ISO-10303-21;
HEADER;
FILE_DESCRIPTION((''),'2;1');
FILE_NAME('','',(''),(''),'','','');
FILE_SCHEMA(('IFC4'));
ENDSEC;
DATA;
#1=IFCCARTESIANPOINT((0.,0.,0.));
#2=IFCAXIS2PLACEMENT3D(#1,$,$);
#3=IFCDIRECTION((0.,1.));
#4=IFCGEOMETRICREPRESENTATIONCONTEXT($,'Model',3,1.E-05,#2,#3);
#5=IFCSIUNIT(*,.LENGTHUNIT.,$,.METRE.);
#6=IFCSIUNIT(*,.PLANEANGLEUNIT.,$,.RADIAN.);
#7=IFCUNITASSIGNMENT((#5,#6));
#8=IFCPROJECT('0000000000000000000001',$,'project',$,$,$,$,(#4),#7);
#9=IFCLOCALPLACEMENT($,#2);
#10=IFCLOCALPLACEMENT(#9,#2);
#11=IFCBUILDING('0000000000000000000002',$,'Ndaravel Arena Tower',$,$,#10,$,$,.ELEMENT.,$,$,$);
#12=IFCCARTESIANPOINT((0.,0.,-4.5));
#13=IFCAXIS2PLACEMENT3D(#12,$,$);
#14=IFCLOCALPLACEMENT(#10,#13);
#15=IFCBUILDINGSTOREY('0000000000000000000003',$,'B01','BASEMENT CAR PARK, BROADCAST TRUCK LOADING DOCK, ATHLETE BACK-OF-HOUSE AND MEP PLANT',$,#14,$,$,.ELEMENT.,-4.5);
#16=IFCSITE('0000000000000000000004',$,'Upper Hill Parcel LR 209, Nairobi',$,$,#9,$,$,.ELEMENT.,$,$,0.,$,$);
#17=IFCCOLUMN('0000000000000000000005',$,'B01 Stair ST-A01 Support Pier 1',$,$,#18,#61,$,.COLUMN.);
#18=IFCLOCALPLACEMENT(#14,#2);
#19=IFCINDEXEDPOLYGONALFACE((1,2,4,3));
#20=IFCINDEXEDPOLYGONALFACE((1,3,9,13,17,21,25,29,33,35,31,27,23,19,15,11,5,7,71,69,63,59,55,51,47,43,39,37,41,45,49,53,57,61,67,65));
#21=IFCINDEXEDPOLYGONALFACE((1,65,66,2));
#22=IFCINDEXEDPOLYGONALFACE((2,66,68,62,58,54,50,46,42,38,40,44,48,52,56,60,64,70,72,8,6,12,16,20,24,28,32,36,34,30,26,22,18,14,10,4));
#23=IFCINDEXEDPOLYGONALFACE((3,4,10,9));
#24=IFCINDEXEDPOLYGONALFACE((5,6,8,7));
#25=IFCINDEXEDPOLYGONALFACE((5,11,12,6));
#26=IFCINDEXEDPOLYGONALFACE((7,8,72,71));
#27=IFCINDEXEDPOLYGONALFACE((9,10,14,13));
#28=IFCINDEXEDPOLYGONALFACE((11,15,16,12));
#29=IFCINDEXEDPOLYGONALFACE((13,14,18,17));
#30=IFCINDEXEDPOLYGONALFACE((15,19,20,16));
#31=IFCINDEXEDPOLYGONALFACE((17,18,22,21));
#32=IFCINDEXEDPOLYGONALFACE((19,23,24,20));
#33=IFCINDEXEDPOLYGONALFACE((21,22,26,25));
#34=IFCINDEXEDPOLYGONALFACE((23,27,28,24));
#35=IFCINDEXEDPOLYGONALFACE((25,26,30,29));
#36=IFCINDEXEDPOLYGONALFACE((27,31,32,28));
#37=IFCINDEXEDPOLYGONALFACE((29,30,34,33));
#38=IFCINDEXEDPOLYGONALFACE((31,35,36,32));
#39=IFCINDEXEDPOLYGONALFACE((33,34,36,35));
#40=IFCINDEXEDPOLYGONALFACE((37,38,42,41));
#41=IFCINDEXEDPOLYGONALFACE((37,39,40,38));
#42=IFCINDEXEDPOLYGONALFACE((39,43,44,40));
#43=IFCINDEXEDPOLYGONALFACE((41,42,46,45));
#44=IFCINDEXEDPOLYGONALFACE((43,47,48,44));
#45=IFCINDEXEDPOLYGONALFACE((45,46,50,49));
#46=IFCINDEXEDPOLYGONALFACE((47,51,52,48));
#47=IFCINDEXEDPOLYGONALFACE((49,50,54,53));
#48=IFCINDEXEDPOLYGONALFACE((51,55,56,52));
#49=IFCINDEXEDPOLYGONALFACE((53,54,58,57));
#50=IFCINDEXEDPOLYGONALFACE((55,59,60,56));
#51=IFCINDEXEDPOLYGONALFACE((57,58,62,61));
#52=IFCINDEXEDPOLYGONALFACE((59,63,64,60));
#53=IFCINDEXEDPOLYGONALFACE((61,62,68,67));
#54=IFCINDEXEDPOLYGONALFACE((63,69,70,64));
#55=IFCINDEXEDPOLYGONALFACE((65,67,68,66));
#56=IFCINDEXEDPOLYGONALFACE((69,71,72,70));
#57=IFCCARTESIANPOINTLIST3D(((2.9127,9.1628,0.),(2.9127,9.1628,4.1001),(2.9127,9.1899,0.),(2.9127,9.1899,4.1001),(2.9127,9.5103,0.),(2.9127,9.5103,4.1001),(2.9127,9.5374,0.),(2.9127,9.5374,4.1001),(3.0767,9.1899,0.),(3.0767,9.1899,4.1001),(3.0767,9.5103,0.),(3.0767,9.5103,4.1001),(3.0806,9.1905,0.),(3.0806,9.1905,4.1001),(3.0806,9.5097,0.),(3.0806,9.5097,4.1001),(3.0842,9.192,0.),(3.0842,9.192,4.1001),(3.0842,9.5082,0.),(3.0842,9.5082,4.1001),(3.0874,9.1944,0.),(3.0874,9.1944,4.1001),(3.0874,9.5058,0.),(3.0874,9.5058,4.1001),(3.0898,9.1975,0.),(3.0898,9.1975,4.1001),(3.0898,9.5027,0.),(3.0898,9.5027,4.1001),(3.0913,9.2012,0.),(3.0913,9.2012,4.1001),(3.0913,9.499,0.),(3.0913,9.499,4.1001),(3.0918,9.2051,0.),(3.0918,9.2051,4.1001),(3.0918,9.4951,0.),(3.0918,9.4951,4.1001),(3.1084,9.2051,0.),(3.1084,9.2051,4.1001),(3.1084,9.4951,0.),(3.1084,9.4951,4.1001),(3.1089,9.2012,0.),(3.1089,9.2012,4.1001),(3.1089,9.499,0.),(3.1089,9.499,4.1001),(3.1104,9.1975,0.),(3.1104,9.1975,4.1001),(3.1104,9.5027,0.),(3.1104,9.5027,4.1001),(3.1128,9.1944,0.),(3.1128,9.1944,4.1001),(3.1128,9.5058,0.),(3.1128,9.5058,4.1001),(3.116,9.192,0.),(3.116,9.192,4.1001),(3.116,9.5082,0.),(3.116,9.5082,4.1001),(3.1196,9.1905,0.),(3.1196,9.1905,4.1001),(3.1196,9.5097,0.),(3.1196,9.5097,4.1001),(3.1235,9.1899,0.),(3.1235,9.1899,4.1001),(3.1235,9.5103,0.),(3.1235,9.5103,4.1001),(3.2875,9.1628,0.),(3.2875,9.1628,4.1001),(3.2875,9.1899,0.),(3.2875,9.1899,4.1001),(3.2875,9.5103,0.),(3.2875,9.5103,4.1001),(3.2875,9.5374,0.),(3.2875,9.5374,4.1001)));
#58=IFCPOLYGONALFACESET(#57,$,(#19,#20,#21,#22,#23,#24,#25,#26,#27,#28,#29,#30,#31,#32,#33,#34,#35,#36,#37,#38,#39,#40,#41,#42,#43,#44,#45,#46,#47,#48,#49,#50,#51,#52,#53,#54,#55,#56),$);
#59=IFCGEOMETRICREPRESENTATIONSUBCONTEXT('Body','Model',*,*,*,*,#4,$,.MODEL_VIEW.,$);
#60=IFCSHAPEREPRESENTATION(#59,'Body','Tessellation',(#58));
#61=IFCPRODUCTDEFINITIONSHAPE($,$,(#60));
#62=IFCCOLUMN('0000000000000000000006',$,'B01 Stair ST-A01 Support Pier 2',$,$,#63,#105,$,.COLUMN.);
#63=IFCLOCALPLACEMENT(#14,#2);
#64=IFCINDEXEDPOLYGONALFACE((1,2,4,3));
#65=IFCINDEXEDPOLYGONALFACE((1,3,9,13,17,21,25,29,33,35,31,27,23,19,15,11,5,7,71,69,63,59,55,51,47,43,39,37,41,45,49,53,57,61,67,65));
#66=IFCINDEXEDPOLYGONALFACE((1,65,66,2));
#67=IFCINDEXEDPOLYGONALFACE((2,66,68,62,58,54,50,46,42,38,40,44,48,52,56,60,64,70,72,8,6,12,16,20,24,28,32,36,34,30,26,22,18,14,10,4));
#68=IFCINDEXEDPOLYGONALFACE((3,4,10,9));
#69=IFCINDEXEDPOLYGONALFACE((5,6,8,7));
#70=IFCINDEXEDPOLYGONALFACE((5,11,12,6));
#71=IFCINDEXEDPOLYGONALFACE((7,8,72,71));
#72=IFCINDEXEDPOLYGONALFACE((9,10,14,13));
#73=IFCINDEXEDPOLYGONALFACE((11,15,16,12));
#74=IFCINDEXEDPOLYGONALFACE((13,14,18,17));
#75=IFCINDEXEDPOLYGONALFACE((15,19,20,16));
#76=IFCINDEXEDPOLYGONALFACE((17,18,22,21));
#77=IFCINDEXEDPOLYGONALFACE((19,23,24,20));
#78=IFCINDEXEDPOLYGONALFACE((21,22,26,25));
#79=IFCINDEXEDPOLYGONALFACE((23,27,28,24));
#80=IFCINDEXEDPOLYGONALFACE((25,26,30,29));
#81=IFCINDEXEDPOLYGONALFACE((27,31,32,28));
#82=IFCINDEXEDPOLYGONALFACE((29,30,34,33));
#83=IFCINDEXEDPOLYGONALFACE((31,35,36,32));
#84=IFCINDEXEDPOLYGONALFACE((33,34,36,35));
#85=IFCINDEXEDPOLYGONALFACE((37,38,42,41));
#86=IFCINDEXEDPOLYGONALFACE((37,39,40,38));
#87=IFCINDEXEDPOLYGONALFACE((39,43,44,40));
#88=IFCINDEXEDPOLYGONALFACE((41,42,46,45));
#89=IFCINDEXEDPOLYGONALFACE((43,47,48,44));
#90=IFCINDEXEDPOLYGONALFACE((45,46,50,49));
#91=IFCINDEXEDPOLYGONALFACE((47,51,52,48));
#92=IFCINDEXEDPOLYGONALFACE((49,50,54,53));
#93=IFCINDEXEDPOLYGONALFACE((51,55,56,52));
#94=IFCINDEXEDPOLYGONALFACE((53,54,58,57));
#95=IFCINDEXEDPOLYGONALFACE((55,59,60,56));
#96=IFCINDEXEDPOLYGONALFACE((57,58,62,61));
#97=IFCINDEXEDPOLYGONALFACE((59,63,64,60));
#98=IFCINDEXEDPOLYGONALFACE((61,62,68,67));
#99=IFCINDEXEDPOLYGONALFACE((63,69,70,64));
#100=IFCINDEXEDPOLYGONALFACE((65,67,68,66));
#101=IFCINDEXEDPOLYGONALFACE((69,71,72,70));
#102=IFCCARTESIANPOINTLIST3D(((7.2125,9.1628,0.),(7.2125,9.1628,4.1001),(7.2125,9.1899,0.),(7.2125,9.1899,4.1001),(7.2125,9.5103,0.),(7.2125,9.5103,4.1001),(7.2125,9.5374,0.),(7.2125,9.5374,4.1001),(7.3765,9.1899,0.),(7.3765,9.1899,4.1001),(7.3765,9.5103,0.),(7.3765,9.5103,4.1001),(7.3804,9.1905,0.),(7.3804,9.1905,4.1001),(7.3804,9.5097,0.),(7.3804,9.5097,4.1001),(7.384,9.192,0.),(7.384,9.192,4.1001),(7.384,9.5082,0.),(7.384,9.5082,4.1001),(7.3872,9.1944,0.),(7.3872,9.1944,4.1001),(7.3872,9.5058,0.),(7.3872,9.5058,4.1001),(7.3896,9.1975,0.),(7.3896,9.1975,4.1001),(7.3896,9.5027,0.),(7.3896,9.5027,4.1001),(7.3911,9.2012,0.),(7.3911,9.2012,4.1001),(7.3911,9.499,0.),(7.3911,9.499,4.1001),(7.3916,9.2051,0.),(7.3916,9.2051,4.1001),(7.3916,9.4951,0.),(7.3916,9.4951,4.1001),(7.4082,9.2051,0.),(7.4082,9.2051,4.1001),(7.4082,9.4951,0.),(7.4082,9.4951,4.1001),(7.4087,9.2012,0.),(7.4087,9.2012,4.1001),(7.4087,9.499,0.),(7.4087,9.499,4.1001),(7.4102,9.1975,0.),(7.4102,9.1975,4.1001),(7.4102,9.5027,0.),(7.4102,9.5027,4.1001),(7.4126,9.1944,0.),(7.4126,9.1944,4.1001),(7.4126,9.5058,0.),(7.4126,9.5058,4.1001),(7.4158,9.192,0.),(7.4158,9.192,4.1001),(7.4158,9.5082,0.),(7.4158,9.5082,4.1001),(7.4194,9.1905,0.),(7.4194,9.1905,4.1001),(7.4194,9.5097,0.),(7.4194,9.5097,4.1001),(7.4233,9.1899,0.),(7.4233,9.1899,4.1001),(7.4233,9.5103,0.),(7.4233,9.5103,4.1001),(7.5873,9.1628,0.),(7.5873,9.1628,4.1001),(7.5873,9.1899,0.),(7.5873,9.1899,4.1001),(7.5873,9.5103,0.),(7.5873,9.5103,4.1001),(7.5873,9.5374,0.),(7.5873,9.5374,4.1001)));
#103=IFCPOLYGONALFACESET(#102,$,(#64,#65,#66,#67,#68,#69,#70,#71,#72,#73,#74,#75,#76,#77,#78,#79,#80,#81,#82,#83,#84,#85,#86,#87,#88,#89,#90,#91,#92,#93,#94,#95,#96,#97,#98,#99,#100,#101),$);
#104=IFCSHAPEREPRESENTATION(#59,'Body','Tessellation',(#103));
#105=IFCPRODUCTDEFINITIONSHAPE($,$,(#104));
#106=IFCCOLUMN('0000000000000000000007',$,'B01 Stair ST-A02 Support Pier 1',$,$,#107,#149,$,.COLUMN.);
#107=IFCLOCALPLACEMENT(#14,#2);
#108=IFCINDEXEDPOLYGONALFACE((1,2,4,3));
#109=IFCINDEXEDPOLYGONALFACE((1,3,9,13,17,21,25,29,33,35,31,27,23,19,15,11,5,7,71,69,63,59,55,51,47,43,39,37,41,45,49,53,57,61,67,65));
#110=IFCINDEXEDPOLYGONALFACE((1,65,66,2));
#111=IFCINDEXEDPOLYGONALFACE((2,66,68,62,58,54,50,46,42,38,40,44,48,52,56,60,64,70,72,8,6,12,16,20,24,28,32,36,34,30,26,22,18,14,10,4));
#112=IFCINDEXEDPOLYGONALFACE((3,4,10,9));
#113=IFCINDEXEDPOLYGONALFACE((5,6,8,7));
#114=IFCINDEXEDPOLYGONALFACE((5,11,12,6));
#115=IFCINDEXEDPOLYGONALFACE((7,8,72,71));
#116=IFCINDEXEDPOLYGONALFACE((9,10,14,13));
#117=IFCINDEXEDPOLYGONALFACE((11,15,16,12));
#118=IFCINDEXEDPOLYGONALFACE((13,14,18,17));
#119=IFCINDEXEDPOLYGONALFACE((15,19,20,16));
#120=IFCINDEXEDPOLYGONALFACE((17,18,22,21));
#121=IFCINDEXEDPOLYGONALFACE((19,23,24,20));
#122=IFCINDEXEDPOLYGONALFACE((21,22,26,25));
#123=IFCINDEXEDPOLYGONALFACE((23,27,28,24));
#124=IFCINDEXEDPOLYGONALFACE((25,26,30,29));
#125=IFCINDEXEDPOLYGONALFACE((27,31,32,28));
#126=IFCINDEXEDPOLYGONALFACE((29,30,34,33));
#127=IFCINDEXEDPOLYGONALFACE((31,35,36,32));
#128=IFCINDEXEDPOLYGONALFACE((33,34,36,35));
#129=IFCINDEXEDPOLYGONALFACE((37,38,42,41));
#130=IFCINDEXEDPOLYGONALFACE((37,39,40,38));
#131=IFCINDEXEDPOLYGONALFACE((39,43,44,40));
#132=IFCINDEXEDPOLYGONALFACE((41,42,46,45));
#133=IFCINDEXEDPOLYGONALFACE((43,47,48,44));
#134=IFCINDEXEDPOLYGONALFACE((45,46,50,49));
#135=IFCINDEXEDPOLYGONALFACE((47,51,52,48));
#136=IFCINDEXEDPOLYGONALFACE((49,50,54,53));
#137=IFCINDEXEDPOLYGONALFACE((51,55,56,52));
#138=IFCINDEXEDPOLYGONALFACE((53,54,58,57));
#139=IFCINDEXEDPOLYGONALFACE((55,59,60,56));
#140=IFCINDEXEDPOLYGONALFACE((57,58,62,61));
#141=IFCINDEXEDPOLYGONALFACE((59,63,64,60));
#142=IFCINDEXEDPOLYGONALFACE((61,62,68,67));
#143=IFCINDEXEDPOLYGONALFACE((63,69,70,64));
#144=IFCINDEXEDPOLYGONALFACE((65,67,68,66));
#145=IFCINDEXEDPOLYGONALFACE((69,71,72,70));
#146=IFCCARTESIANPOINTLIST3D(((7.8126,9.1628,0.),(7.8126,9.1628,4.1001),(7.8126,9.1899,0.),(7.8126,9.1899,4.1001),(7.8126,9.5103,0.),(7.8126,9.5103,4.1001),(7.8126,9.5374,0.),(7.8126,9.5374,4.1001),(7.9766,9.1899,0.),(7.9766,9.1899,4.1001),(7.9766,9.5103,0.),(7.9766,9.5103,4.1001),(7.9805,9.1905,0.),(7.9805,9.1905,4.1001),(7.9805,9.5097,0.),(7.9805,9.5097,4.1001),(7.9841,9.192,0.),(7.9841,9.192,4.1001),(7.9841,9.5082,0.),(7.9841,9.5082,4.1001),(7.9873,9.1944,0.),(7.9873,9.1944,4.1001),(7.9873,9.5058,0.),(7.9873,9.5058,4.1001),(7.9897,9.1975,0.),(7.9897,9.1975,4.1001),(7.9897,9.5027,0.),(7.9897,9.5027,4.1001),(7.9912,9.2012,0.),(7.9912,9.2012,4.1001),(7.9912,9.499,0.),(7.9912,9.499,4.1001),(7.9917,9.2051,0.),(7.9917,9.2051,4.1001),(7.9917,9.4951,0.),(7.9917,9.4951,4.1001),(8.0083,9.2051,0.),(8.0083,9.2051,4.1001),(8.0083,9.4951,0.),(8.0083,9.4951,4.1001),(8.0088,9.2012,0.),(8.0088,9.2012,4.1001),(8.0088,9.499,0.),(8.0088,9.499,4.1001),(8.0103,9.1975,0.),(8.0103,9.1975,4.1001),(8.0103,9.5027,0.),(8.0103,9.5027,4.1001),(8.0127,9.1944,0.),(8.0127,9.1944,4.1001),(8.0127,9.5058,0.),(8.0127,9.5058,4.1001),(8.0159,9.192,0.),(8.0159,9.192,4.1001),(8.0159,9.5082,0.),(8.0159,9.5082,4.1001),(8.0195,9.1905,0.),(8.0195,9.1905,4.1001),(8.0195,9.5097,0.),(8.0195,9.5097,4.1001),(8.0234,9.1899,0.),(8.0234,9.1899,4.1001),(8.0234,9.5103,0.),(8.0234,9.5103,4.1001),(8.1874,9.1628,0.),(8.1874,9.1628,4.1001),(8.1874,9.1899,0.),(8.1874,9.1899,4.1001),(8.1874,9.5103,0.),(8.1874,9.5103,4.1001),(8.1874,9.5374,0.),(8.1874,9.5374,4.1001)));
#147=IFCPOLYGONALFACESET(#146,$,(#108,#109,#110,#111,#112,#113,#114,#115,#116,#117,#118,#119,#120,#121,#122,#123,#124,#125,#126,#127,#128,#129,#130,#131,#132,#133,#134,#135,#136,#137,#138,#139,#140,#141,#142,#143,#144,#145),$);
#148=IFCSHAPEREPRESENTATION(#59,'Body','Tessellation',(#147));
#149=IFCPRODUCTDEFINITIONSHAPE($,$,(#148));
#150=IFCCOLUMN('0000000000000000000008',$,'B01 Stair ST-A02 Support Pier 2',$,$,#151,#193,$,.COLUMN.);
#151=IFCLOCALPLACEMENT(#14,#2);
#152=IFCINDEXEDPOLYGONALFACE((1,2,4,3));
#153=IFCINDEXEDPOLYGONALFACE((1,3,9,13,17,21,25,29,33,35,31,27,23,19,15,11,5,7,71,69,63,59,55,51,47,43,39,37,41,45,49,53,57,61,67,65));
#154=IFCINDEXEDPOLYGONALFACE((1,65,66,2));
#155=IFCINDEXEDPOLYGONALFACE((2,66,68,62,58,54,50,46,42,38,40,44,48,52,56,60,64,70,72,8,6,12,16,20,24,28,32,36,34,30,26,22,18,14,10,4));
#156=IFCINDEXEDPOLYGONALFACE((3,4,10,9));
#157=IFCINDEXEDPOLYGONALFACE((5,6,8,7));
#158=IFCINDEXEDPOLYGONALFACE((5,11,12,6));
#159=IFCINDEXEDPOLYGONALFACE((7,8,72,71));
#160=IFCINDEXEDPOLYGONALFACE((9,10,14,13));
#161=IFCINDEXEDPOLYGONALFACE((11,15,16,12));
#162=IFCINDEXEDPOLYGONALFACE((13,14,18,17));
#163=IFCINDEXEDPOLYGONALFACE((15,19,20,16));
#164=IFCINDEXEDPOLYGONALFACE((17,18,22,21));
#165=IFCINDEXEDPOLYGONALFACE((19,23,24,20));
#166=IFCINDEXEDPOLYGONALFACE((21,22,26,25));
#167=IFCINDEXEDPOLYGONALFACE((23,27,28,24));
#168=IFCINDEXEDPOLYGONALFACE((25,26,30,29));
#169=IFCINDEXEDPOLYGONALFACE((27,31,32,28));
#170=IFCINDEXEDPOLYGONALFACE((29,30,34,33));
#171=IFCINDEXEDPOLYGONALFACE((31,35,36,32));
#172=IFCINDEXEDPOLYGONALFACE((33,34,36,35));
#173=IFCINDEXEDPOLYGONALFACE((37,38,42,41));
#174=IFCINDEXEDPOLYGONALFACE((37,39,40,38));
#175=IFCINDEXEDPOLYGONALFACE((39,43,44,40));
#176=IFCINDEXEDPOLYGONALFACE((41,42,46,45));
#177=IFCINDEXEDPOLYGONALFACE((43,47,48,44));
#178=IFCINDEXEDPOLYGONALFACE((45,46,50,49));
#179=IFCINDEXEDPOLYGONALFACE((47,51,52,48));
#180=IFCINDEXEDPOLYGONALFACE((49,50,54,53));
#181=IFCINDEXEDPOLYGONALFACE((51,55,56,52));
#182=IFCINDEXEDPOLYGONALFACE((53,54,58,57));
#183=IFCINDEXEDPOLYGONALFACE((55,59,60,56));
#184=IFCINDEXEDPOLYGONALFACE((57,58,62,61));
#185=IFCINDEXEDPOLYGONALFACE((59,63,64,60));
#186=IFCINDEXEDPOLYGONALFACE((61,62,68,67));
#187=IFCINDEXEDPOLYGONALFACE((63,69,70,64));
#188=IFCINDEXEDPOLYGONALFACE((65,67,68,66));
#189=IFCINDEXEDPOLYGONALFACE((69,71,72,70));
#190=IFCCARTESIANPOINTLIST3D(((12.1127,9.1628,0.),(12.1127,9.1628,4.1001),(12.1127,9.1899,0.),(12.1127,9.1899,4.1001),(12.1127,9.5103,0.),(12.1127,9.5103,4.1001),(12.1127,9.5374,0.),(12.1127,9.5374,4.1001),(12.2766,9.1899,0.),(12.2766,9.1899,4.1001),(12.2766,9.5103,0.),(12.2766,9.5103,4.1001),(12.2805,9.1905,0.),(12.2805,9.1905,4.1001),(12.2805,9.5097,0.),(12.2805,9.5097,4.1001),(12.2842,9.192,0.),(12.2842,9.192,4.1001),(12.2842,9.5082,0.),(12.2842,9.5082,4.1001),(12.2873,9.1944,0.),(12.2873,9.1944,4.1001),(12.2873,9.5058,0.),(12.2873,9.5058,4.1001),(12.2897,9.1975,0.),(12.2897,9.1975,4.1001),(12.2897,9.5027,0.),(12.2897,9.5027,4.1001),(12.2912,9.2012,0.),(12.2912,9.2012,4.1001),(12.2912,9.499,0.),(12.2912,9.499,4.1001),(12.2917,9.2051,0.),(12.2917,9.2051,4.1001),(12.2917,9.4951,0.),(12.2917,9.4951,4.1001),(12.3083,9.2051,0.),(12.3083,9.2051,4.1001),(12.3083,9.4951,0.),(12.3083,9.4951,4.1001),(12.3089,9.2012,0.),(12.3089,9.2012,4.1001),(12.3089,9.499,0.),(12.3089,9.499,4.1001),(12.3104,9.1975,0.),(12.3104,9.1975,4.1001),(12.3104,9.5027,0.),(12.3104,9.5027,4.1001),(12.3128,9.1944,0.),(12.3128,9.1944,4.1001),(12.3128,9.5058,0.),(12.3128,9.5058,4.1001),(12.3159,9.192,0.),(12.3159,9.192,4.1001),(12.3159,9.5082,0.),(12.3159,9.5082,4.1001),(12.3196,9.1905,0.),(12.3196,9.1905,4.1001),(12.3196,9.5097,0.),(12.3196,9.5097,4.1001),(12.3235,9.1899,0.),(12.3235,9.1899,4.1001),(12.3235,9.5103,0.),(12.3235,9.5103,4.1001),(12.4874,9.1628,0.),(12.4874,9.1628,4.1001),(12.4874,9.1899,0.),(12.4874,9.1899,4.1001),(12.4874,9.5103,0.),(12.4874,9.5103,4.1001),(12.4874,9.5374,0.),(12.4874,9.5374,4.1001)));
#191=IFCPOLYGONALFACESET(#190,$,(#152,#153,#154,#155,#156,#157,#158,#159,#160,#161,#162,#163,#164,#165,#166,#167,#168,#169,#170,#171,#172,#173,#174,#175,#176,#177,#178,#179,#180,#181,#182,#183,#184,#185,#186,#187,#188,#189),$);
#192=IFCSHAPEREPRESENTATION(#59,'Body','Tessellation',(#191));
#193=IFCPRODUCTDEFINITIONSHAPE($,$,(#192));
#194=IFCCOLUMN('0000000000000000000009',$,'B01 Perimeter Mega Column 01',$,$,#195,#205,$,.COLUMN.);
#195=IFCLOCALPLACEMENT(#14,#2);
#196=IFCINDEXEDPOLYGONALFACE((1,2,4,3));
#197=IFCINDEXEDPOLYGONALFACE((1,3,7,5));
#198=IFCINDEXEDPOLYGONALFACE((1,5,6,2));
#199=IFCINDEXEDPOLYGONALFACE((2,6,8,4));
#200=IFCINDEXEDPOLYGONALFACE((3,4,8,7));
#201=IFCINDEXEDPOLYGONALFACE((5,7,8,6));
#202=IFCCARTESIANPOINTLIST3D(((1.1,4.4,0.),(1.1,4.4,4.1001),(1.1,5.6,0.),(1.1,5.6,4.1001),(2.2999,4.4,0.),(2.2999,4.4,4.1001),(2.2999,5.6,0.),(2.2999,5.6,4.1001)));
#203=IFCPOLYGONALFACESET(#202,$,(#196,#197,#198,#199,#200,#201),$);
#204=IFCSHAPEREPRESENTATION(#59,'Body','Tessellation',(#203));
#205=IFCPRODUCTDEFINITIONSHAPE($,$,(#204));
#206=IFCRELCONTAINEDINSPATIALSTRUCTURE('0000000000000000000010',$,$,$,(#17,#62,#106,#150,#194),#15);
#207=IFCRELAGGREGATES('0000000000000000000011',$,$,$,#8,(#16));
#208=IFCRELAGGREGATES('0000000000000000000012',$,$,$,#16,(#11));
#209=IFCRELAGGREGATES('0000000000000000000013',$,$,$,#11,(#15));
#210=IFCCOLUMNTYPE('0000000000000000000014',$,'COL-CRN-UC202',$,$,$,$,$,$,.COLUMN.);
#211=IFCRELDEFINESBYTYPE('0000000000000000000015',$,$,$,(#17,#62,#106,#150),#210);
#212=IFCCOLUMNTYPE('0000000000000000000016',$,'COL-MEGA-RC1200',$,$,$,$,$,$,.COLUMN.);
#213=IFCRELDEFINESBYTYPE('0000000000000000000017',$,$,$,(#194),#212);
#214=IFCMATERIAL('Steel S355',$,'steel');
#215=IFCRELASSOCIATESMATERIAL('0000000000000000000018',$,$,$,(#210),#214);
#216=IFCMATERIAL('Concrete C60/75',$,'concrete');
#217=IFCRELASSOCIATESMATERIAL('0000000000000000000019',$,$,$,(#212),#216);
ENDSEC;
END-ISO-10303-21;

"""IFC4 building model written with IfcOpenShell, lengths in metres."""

from ifc_helpers import new_model, si_unit, direction, frame, origin, origin_2d, place, context, subcontext, project, spatial, rectangle, i_section, extrude, material, material_profile, profile_set, type_object, element, save


model = new_model("IFC4")

# Units and contexts
model_context = context("Model", 3, precision=1e-05, world=origin(), true_north=direction((0.0, 1.0)))
body_context = subcontext(model_context, "Body", "Model", "MODEL_VIEW")
ifc_project = project(units=[si_unit("LENGTHUNIT", "METRE"), si_unit("PLANEANGLEUNIT", "RADIAN")], contexts=[model_context])

# Site, building, storey
site_placement = place(None, origin())
site = spatial("IfcSite", under=ifc_project, at=site_placement, Name="Upper Hill Parcel LR 209, Nairobi", CompositionType="ELEMENT", RefElevation=0.0)
building_placement = place(site_placement, origin())
building = spatial("IfcBuilding", under=site, at=building_placement, Name="Ndaravel Arena Tower", CompositionType="ELEMENT")
storey_placement = place(building_placement, frame((0.0, 0.0, -4.5)))
storey = spatial("IfcBuildingStorey", under=building, at=storey_placement, Name="B01", Description="BASEMENT CAR PARK, BROADCAST TRUCK LOADING DOCK, ATHLETE BACK-OF-HOUSE AND MEP PLANT", CompositionType="ELEMENT", Elevation=-4.5)

# Columns
ifc_material_1 = material(Name="Steel S355", Category="steel")
ifc_material_profile_1 = material_profile(ifc_material_1, i_section(OverallWidth=0.3748, OverallDepth=0.3745, WebThickness=0.0166, FlangeThickness=0.0271, FilletRadius=0.0151, at=origin_2d()), Name="UC 356x368x202")
ifc_profile_set_1 = profile_set([ifc_material_profile_1], Name="Steel S355")
column_type_1 = type_object("IfcColumnType", Name="COL-CRN-UC202", PredefinedType="COLUMN", material=ifc_profile_set_1)
for number, where, z_axis, x_axis, name in (
    (1, (3.1001, 9.3501, 0.0), (0.0, 0.0, 1.0), (1.0, 0.0, 0.0), "B01 Stair ST-A01 Support Pier 1"),
    (2, (7.3999, 9.3501, 0.0), (0.0, 0.0, 1.0), (1.0, 0.0, 0.0), "B01 Stair ST-A01 Support Pier 2"),
    (3, (8.0, 9.3501, 0.0), (0.0, 0.0, 1.0), (1.0, 0.0, 0.0), "B01 Stair ST-A02 Support Pier 1"),
    (4, (12.3, 9.3501, 0.0), (0.0, 0.0, 1.0), (1.0, 0.0, 0.0), "B01 Stair ST-A02 Support Pier 2"),
):
    element("IfcColumn", number, at=place(storey_placement, frame(where, z_axis=z_axis, x_axis=x_axis)), inside=storey, type_object=column_type_1, Name=name, PredefinedType="COLUMN", context=body_context, shape_type="SweptSolid", body=[
        extrude(i_section(OverallWidth=0.3748, OverallDepth=0.3745, WebThickness=0.0166, FlangeThickness=0.0271, FilletRadius=0.0151, at=origin_2d()), origin(), (0.0, 0.0, 1.0), 4.1001),
    ])
ifc_material_2 = material(Name="Concrete C60/75", Category="concrete")
ifc_material_profile_2 = material_profile(ifc_material_2, rectangle(XDim=1.2, YDim=1.2, at=origin_2d()), Name="RC 1200x1200")
ifc_profile_set_2 = profile_set([ifc_material_profile_2], Name="Concrete C60/75")
column_type_2 = type_object("IfcColumnType", Name="COL-MEGA-RC1200", PredefinedType="COLUMN", material=ifc_profile_set_2)
for number, where, z_axis, x_axis, name in (
    (5, (1.7, 5.0, 0.0), (0.0, 0.0, 1.0), (1.0, 0.0, 0.0), "B01 Perimeter Mega Column 01"),
):
    element("IfcColumn", number, at=place(storey_placement, frame(where, z_axis=z_axis, x_axis=x_axis)), inside=storey, type_object=column_type_2, Name=name, PredefinedType="COLUMN", context=body_context, shape_type="SweptSolid", body=[
        extrude(rectangle(XDim=1.2, YDim=1.2, at=origin_2d()), origin(), (0.0, 0.0, 1.0), 4.1001),
    ])

save(model, "model.ifc")
